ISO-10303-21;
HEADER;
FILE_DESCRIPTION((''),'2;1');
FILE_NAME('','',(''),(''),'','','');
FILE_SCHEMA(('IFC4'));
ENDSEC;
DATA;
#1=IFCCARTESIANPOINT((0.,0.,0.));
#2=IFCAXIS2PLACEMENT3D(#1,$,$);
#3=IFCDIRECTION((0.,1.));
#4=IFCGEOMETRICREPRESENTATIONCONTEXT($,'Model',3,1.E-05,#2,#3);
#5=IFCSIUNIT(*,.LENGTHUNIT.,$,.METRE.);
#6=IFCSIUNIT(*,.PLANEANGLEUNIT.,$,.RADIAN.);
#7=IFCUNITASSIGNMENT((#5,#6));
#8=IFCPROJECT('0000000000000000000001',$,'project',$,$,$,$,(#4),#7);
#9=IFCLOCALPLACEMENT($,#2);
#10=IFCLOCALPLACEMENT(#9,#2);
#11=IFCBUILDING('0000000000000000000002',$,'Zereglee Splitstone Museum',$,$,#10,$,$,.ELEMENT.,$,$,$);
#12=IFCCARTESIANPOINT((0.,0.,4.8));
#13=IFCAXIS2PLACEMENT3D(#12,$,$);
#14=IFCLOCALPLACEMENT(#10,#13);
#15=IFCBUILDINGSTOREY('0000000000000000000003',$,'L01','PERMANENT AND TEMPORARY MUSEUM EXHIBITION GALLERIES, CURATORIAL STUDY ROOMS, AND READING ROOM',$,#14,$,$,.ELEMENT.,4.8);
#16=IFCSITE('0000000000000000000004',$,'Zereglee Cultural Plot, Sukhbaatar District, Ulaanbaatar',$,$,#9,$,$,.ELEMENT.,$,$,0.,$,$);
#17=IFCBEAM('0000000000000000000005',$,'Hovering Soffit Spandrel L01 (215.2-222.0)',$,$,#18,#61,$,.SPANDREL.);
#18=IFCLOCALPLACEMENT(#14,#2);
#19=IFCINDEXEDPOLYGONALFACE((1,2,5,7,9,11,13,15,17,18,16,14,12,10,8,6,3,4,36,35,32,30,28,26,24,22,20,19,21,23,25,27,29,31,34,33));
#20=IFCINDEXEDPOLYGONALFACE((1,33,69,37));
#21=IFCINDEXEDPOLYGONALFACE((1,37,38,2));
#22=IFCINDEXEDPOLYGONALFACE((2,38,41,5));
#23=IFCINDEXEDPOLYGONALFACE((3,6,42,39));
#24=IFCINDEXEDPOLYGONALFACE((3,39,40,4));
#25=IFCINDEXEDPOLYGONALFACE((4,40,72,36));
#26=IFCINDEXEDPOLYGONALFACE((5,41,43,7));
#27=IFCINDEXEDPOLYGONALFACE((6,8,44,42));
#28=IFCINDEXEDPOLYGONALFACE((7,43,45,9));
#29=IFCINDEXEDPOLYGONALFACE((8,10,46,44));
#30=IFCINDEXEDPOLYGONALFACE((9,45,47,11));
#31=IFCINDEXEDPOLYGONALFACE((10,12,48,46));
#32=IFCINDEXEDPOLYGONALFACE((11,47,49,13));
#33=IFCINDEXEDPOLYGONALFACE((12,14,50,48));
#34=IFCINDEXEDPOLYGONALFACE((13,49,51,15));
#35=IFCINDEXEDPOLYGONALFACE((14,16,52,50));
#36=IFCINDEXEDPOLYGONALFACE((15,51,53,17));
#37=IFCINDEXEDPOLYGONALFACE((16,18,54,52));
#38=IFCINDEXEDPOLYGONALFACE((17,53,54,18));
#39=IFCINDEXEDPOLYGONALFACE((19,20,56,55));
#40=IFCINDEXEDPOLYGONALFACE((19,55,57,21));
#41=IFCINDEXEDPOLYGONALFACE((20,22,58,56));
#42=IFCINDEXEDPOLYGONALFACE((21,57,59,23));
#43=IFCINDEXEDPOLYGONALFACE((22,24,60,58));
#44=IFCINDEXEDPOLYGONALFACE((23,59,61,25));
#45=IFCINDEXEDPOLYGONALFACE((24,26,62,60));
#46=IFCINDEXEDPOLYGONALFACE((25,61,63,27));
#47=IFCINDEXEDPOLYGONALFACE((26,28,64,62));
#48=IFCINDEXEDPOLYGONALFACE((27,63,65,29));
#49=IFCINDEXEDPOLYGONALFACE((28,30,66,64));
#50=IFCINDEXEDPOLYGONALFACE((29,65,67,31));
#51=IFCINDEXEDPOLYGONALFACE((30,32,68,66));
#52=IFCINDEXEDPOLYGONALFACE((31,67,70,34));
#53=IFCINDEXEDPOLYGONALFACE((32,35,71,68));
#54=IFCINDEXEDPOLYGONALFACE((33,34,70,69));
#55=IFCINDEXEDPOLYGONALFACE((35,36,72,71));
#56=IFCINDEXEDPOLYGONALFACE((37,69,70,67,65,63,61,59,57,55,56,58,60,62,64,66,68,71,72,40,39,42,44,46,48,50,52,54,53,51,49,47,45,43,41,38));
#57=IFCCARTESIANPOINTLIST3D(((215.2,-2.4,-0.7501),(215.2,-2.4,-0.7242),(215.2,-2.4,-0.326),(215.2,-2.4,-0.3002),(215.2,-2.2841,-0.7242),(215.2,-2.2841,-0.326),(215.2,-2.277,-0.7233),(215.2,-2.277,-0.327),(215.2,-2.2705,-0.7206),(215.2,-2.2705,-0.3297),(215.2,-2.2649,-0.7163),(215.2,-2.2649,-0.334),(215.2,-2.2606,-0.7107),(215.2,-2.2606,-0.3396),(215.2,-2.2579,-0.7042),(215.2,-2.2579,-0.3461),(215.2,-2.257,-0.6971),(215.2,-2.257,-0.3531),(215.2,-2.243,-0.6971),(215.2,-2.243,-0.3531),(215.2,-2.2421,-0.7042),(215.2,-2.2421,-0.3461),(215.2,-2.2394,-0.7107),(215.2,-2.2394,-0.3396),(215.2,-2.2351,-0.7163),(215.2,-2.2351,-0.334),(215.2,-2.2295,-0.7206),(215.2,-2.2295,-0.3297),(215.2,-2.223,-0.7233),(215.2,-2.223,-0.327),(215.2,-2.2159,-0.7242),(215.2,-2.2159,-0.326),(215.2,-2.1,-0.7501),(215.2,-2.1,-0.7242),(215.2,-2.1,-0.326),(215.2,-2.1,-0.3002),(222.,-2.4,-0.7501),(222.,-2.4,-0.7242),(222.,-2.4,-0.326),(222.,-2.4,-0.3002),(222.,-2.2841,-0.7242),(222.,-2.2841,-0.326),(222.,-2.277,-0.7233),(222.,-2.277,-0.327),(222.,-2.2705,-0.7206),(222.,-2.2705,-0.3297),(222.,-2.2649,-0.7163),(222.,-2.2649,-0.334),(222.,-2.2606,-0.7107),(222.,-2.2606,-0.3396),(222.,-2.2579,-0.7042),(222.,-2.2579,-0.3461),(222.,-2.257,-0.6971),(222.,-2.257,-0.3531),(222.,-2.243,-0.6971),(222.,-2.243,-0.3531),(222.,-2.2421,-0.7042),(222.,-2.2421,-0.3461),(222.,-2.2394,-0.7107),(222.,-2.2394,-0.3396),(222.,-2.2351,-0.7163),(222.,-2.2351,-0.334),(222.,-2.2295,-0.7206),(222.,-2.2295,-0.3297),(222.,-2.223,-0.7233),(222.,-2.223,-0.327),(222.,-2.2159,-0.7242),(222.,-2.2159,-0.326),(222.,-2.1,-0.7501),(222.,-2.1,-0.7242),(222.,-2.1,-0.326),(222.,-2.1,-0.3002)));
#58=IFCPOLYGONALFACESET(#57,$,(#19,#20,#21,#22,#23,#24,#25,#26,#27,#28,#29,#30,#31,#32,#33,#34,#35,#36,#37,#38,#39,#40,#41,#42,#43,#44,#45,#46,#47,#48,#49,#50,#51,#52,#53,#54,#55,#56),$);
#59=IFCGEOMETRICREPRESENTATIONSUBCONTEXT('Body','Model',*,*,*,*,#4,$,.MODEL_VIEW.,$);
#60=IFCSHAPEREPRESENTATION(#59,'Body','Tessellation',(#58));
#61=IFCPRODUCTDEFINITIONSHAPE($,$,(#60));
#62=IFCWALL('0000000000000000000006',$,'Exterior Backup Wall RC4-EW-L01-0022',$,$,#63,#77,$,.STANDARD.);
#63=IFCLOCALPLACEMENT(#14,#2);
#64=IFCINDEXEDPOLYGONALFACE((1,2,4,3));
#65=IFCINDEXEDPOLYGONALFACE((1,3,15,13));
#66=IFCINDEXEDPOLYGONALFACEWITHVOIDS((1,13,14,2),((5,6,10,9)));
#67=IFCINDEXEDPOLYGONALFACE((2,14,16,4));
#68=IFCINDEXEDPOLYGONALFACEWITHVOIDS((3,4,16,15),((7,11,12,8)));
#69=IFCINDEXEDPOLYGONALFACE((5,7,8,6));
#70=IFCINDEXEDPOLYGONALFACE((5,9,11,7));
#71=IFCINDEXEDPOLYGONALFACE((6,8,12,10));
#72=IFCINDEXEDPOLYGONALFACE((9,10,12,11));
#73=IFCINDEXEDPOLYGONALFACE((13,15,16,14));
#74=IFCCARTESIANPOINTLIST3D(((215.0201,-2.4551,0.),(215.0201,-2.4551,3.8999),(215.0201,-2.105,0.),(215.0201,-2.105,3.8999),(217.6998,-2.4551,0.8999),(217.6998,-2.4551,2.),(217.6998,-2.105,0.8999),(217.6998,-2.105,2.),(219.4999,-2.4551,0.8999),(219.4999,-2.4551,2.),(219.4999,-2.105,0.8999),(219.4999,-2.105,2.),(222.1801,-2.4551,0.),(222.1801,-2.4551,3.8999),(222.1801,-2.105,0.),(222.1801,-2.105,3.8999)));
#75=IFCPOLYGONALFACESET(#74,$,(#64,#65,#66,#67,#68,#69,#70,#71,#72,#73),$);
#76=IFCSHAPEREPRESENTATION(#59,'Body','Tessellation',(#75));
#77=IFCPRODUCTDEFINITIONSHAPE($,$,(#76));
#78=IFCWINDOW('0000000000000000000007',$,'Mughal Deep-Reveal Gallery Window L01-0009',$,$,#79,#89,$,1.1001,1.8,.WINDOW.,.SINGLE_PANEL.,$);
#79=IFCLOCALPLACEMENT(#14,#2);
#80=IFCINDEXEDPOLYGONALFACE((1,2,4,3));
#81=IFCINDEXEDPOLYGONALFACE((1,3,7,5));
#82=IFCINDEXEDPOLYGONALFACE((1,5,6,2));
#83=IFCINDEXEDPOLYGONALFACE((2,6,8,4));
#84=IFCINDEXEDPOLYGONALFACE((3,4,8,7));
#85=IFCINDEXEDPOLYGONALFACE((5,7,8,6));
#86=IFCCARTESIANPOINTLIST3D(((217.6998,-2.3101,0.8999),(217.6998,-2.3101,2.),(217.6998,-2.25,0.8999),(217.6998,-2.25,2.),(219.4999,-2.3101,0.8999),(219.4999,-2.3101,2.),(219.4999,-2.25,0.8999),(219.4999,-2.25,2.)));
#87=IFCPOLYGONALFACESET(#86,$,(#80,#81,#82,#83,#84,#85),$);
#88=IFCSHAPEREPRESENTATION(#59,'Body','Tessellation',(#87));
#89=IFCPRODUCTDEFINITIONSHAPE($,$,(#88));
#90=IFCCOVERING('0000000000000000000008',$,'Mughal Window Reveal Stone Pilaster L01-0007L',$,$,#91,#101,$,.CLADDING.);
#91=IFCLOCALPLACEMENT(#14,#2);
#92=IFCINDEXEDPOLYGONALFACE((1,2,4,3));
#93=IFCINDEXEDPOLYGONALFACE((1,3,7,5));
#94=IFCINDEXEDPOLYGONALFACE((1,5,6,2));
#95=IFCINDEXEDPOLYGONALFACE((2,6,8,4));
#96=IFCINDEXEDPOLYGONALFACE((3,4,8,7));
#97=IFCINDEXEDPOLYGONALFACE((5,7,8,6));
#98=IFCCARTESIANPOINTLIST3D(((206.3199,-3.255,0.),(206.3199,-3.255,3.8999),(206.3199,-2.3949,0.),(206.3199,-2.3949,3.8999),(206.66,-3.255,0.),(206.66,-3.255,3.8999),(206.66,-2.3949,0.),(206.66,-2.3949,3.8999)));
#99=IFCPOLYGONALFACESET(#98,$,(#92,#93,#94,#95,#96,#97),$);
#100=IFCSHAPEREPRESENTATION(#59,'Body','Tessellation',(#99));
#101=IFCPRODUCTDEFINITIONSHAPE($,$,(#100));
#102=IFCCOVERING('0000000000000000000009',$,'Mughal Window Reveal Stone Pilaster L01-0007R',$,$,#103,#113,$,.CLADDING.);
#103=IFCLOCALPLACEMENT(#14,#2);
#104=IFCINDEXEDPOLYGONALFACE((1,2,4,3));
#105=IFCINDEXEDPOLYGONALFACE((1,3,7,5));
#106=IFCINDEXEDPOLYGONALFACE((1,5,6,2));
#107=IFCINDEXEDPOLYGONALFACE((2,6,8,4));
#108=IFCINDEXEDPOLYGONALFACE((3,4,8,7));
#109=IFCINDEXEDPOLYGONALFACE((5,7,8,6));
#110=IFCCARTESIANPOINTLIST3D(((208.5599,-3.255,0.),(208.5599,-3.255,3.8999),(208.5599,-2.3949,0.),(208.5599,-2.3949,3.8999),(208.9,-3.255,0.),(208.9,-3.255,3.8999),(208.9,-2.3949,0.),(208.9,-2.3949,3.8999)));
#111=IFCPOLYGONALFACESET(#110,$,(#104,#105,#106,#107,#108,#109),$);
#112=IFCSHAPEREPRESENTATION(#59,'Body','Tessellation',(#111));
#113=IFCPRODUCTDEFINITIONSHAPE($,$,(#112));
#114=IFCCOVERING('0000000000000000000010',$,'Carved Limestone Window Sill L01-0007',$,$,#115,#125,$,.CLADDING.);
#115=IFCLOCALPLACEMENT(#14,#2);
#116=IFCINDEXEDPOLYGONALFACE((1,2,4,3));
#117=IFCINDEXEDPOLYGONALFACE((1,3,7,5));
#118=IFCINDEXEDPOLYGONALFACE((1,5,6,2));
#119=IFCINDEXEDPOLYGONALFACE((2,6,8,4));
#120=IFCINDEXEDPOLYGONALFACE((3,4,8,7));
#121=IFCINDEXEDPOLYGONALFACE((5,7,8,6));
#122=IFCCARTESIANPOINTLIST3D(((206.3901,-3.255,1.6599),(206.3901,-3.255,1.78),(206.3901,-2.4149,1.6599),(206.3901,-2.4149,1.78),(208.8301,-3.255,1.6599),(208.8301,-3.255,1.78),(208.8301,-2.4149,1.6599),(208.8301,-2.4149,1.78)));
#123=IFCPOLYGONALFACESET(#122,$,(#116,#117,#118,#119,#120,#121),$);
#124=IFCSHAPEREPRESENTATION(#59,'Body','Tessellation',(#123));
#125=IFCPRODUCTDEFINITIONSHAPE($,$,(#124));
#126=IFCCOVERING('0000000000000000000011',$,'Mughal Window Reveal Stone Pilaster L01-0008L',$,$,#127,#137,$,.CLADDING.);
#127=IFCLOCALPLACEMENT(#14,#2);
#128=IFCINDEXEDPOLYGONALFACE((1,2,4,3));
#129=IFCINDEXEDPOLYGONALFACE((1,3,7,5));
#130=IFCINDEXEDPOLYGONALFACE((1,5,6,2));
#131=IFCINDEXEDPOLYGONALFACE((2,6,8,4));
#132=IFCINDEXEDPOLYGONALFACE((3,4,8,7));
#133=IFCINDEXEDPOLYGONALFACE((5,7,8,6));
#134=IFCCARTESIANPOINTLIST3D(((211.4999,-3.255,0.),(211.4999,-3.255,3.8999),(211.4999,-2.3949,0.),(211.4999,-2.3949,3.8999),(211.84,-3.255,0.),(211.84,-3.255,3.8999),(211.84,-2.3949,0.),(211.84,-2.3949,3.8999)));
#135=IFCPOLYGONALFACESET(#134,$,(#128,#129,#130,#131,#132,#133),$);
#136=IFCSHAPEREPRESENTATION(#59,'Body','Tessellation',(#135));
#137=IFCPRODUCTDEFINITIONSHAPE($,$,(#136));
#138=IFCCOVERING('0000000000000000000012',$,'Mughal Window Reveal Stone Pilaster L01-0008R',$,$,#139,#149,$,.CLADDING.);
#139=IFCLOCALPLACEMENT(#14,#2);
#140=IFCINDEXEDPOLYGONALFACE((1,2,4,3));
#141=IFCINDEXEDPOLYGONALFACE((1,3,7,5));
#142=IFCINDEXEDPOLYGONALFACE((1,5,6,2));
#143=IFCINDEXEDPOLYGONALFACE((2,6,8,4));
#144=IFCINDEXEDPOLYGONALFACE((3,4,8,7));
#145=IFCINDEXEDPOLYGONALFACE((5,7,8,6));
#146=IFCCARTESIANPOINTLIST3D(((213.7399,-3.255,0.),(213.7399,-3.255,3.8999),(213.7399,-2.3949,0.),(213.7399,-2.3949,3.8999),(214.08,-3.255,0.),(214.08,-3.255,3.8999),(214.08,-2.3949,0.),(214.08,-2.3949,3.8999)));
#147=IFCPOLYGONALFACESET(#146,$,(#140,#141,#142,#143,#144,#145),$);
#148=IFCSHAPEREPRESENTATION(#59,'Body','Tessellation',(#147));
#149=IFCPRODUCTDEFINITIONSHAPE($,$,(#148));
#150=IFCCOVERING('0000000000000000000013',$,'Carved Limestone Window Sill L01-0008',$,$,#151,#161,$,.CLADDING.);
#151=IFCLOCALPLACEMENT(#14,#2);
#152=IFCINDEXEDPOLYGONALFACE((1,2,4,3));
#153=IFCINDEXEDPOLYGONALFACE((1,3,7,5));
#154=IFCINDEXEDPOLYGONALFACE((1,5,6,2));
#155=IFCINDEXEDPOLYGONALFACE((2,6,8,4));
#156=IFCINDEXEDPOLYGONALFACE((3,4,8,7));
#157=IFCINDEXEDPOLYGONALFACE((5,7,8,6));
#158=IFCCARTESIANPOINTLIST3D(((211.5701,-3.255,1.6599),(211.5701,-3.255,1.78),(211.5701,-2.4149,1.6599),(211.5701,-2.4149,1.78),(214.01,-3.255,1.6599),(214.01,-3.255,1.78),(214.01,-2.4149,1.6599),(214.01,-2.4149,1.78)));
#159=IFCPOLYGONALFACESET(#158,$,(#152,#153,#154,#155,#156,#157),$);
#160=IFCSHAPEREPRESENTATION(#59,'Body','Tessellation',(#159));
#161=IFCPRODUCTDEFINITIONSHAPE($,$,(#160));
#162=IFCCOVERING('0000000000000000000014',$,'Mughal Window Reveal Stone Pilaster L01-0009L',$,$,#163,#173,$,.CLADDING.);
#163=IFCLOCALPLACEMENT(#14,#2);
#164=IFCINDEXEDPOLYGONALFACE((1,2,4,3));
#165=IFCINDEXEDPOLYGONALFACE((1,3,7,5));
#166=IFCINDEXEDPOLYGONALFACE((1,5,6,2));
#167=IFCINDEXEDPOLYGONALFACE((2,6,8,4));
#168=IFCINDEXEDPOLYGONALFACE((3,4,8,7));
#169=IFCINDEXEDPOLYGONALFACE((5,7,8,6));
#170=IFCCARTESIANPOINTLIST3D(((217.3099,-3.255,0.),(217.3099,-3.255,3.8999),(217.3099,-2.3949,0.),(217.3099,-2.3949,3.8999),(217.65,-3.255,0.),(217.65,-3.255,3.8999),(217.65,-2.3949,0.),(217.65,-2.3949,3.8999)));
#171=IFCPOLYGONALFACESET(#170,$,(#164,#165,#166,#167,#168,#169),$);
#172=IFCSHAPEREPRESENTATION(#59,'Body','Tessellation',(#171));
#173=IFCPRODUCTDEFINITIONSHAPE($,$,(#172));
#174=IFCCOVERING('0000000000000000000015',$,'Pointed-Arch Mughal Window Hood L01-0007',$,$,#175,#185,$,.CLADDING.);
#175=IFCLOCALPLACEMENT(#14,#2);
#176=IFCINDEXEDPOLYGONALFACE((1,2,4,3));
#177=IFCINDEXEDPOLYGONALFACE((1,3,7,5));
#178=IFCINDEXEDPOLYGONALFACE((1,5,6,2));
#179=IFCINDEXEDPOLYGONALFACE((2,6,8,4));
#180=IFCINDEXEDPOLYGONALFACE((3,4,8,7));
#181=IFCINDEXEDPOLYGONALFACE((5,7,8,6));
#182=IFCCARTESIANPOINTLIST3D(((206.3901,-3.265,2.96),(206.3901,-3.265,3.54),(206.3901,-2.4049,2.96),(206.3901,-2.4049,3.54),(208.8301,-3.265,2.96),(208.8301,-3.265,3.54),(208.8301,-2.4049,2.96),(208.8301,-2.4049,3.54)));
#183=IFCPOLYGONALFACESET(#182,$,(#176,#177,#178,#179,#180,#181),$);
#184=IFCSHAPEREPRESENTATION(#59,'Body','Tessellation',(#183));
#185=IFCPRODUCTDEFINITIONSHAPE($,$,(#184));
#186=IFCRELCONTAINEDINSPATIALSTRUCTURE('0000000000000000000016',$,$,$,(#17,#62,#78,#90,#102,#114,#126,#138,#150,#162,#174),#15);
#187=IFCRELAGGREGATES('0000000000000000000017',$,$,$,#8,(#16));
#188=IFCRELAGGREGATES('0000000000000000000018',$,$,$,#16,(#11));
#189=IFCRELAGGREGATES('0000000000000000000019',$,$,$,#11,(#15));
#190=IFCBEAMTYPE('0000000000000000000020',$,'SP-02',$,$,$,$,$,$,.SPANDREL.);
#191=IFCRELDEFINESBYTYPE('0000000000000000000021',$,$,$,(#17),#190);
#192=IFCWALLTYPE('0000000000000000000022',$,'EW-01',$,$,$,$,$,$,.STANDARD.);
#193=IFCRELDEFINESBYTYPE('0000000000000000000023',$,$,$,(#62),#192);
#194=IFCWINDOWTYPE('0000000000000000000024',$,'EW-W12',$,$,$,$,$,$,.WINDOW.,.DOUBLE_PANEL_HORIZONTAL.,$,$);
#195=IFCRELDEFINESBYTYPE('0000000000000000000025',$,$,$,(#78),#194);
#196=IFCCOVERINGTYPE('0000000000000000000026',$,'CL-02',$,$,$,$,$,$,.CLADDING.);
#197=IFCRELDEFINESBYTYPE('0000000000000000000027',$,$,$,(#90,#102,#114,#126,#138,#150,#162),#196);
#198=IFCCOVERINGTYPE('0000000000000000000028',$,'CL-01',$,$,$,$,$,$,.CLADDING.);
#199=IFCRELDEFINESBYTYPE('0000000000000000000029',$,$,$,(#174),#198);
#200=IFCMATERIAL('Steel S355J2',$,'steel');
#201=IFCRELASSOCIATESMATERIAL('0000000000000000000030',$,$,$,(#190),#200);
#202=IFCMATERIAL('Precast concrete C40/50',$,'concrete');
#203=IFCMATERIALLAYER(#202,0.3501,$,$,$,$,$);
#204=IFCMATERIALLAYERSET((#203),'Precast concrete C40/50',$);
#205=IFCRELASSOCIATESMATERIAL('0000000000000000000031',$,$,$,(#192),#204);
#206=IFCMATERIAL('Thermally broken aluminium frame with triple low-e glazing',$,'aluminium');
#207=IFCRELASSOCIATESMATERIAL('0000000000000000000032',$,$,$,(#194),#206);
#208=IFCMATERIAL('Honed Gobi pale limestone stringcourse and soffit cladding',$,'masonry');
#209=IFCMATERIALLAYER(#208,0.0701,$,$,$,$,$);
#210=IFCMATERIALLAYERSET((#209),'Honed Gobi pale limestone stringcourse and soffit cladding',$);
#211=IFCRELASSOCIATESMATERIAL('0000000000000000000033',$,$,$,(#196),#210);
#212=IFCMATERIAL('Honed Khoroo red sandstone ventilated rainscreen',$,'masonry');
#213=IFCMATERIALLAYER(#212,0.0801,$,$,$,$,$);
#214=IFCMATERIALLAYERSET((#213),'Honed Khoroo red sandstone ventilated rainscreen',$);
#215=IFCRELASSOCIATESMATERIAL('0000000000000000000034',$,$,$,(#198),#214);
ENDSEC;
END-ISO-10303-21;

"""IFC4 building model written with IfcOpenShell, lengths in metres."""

from ifc_helpers import new_model, si_unit, direction, frame, frame_2d, origin, origin_2d, place, context, subcontext, project, spatial, rectangle, i_section, extrude, material, layer, layer_set, material_profile, profile_set, type_object, element, fill, save


model = new_model("IFC4")

# Units and contexts
model_context = context("Model", 3, precision=1e-05, world=origin(), true_north=direction((0.0, 1.0)))
body_context = subcontext(model_context, "Body", "Model", "MODEL_VIEW")
ifc_project = project(units=[si_unit("LENGTHUNIT", "METRE"), si_unit("PLANEANGLEUNIT", "RADIAN")], contexts=[model_context])

# Site, building, storey
site_placement = place(None, origin())
site = spatial("IfcSite", under=ifc_project, at=site_placement, Name="Zereglee Cultural Plot, Sukhbaatar District, Ulaanbaatar", CompositionType="ELEMENT", RefElevation=0.0)
building_placement = place(site_placement, origin())
building = spatial("IfcBuilding", under=site, at=building_placement, Name="Zereglee Splitstone Museum", CompositionType="ELEMENT")
storey_placement = place(building_placement, frame((0.0, 0.0, 4.8)))
storey = spatial("IfcBuildingStorey", under=building, at=storey_placement, Name="L01", Description="PERMANENT AND TEMPORARY MUSEUM EXHIBITION GALLERIES, CURATORIAL STUDY ROOMS, AND READING ROOM", CompositionType="ELEMENT", Elevation=4.8)

# Shared definitions
ifc_material_1 = material(Name="Steel S355J2", Category="steel")

# Beam
ifc_material_profile_1 = material_profile(ifc_material_1, i_section(OverallWidth=0.3, OverallDepth=0.45, WebThickness=0.0139, FlangeThickness=0.0259, FilletRadius=0.0271, at=origin_2d()), Name="HE 450 B")
ifc_profile_set_1 = profile_set([ifc_material_profile_1], Name="Steel S355J2")
beam_type_1 = type_object("IfcBeamType", Name="SP-02", PredefinedType="SPANDREL", material=ifc_profile_set_1)
beam_1_placement = place(storey_placement, frame((215.2, -2.25, -0.5251), z_axis=(1.0, 0.0, 0.0), x_axis=(0.0, 1.0, 0.0)))
element("IfcBeam", 1, at=beam_1_placement, inside=storey, type_object=beam_type_1, Name="Hovering Soffit Spandrel L01 (215.2-222.0)", PredefinedType="SPANDREL", context=body_context, shape_type="SweptSolid", body=[
    extrude(i_section(OverallWidth=0.3, OverallDepth=0.45, WebThickness=0.0139, FlangeThickness=0.0259, FilletRadius=0.0271, at=origin_2d()), origin(), (0.0, 0.0, 1.0), 6.8),
])

# Wall, opening, window
ifc_material_2 = material(Name="Precast concrete C40/50", Category="concrete")
ifc_layer_1 = layer(ifc_material_2, 0.3501)
ifc_layer_set_1 = layer_set([ifc_layer_1], Name="Precast concrete C40/50")
wall_type = type_object("IfcWallType", Name="EW-01", PredefinedType="STANDARD", material=ifc_layer_set_1)
wall_placement = place(storey_placement, frame((215.02, -2.28, 0.0), z_axis=(0.0, 0.0, 1.0), x_axis=(1.0, 0.0, 0.0)))
wall = element("IfcWall", 2, at=wall_placement, inside=storey, type_object=wall_type, Name="Exterior Backup Wall RC4-EW-L01-0022", PredefinedType="STANDARD", context=body_context, shape_type="SweptSolid", body=[
    extrude(rectangle(XDim=7.1599, YDim=0.3501, at=frame_2d((3.5801, 0.0))), origin(), (0.0, 0.0, 1.0), 3.8999),
])
opening_placement = place(wall_placement, frame((2.6799, 0.0, 0.8999)))
opening = element("IfcOpeningElement", 3, at=opening_placement, cuts=wall, PredefinedType="OPENING", context=body_context, shape_type="SweptSolid", body=[
    extrude(rectangle(XDim=1.8, YDim=1.1001, at=frame_2d((0.8999, 0.55))), frame((0.0, 0.1899, 0.0), z_axis=(0.0, -1.0, 0.0), x_axis=(1.0, 0.0, 0.0)), (0.0, 0.0, 1.0), 0.3799),
])
ifc_material_3 = material(Name="Thermally broken aluminium frame with triple low-e glazing", Category="aluminium")
window_type = type_object("IfcWindowType", Name="EW-W12", PartitioningType="DOUBLE_PANEL_HORIZONTAL", PredefinedType="WINDOW", material=ifc_material_3)
window_placement = place(opening_placement, origin())
window = element("IfcWindow", 4, at=window_placement, inside=storey, type_object=window_type, Name="Mughal Deep-Reveal Gallery Window L01-0009", OverallHeight=1.1001, OverallWidth=1.8, PartitioningType="SINGLE_PANEL", PredefinedType="WINDOW", context=body_context, shape_type="SweptSolid", body=[
    extrude(rectangle(XDim=1.8, YDim=1.1001, at=frame_2d((0.8999, 0.55))), frame((0.0, 0.03, 0.0), z_axis=(0.0, -1.0, 0.0), x_axis=(1.0, 0.0, 0.0)), (0.0, 0.0, 1.0), 0.0601),
])
fill(opening, window)

# Coverings
ifc_material_4 = material(Name="Honed Gobi pale limestone stringcourse and soffit cladding", Category="masonry")
ifc_layer_2 = layer(ifc_material_4, 0.0701)
ifc_layer_set_2 = layer_set([ifc_layer_2], Name="Honed Gobi pale limestone stringcourse and soffit cladding")
covering_type_1 = type_object("IfcCoveringType", Name="CL-02", PredefinedType="CLADDING", material=ifc_layer_set_2)
for number, where, z_axis, x_axis, name in (
    (5, (206.49, -2.825, 0.0), (0.0, 0.0, 1.0), (1.0, 0.0, 0.0), "Mughal Window Reveal Stone Pilaster L01-0007L"),
    (6, (208.73, -2.825, 0.0), (0.0, 0.0, 1.0), (1.0, 0.0, 0.0), "Mughal Window Reveal Stone Pilaster L01-0007R"),
):
    element("IfcCovering", number, at=place(storey_placement, frame(where, z_axis=z_axis, x_axis=x_axis)), inside=storey, type_object=covering_type_1, Name=name, PredefinedType="CLADDING", context=body_context, shape_type="SweptSolid", body=[
        extrude(rectangle(XDim=0.3401, YDim=0.8601, at=origin_2d()), origin(), (0.0, 0.0, 1.0), 3.8999),
    ])
covering_1_placement = place(storey_placement, frame((207.6101, -2.835, 1.6599), z_axis=(0.0, 0.0, 1.0), x_axis=(1.0, 0.0, 0.0)))
element("IfcCovering", 7, at=covering_1_placement, inside=storey, type_object=covering_type_1, Name="Carved Limestone Window Sill L01-0007", PredefinedType="CLADDING", context=body_context, shape_type="SweptSolid", body=[
    extrude(rectangle(XDim=2.4399, YDim=0.8401, at=origin_2d()), origin(), (0.0, 0.0, 1.0), 0.1201),
])
for number, where, z_axis, x_axis, name in (
    (8, (211.6699, -2.825, 0.0), (0.0, 0.0, 1.0), (1.0, 0.0, 0.0), "Mughal Window Reveal Stone Pilaster L01-0008L"),
    (9, (213.9099, -2.825, 0.0), (0.0, 0.0, 1.0), (1.0, 0.0, 0.0), "Mughal Window Reveal Stone Pilaster L01-0008R"),
):
    element("IfcCovering", number, at=place(storey_placement, frame(where, z_axis=z_axis, x_axis=x_axis)), inside=storey, type_object=covering_type_1, Name=name, PredefinedType="CLADDING", context=body_context, shape_type="SweptSolid", body=[
        extrude(rectangle(XDim=0.3401, YDim=0.8601, at=origin_2d()), origin(), (0.0, 0.0, 1.0), 3.8999),
    ])
covering_2_placement = place(storey_placement, frame((212.79, -2.835, 1.6599), z_axis=(0.0, 0.0, 1.0), x_axis=(1.0, 0.0, 0.0)))
element("IfcCovering", 10, at=covering_2_placement, inside=storey, type_object=covering_type_1, Name="Carved Limestone Window Sill L01-0008", PredefinedType="CLADDING", context=body_context, shape_type="SweptSolid", body=[
    extrude(rectangle(XDim=2.4399, YDim=0.8401, at=origin_2d()), origin(), (0.0, 0.0, 1.0), 0.1201),
])
covering_3_placement = place(storey_placement, frame((217.48, -2.825, 0.0), z_axis=(0.0, 0.0, 1.0), x_axis=(1.0, 0.0, 0.0)))
element("IfcCovering", 11, at=covering_3_placement, inside=storey, type_object=covering_type_1, Name="Mughal Window Reveal Stone Pilaster L01-0009L", PredefinedType="CLADDING", context=body_context, shape_type="SweptSolid", body=[
    extrude(rectangle(XDim=0.3401, YDim=0.8601, at=origin_2d()), origin(), (0.0, 0.0, 1.0), 3.8999),
])
ifc_material_5 = material(Name="Honed Khoroo red sandstone ventilated rainscreen", Category="masonry")
ifc_layer_3 = layer(ifc_material_5, 0.0801)
ifc_layer_set_3 = layer_set([ifc_layer_3], Name="Honed Khoroo red sandstone ventilated rainscreen")
covering_type_2 = type_object("IfcCoveringType", Name="CL-01", PredefinedType="CLADDING", material=ifc_layer_set_3)
for number, where, z_axis, x_axis, name in (
    (12, (207.6101, -2.835, 2.96), (0.0, 0.0, 1.0), (1.0, 0.0, 0.0), "Pointed-Arch Mughal Window Hood L01-0007"),
):
    element("IfcCovering", number, at=place(storey_placement, frame(where, z_axis=z_axis, x_axis=x_axis)), inside=storey, type_object=covering_type_2, Name=name, PredefinedType="CLADDING", context=body_context, shape_type="SweptSolid", body=[
        extrude(rectangle(XDim=2.4399, YDim=0.8601, at=origin_2d()), origin(), (0.0, 0.0, 1.0), 0.5801),
    ])

save(model, "model.ifc")
